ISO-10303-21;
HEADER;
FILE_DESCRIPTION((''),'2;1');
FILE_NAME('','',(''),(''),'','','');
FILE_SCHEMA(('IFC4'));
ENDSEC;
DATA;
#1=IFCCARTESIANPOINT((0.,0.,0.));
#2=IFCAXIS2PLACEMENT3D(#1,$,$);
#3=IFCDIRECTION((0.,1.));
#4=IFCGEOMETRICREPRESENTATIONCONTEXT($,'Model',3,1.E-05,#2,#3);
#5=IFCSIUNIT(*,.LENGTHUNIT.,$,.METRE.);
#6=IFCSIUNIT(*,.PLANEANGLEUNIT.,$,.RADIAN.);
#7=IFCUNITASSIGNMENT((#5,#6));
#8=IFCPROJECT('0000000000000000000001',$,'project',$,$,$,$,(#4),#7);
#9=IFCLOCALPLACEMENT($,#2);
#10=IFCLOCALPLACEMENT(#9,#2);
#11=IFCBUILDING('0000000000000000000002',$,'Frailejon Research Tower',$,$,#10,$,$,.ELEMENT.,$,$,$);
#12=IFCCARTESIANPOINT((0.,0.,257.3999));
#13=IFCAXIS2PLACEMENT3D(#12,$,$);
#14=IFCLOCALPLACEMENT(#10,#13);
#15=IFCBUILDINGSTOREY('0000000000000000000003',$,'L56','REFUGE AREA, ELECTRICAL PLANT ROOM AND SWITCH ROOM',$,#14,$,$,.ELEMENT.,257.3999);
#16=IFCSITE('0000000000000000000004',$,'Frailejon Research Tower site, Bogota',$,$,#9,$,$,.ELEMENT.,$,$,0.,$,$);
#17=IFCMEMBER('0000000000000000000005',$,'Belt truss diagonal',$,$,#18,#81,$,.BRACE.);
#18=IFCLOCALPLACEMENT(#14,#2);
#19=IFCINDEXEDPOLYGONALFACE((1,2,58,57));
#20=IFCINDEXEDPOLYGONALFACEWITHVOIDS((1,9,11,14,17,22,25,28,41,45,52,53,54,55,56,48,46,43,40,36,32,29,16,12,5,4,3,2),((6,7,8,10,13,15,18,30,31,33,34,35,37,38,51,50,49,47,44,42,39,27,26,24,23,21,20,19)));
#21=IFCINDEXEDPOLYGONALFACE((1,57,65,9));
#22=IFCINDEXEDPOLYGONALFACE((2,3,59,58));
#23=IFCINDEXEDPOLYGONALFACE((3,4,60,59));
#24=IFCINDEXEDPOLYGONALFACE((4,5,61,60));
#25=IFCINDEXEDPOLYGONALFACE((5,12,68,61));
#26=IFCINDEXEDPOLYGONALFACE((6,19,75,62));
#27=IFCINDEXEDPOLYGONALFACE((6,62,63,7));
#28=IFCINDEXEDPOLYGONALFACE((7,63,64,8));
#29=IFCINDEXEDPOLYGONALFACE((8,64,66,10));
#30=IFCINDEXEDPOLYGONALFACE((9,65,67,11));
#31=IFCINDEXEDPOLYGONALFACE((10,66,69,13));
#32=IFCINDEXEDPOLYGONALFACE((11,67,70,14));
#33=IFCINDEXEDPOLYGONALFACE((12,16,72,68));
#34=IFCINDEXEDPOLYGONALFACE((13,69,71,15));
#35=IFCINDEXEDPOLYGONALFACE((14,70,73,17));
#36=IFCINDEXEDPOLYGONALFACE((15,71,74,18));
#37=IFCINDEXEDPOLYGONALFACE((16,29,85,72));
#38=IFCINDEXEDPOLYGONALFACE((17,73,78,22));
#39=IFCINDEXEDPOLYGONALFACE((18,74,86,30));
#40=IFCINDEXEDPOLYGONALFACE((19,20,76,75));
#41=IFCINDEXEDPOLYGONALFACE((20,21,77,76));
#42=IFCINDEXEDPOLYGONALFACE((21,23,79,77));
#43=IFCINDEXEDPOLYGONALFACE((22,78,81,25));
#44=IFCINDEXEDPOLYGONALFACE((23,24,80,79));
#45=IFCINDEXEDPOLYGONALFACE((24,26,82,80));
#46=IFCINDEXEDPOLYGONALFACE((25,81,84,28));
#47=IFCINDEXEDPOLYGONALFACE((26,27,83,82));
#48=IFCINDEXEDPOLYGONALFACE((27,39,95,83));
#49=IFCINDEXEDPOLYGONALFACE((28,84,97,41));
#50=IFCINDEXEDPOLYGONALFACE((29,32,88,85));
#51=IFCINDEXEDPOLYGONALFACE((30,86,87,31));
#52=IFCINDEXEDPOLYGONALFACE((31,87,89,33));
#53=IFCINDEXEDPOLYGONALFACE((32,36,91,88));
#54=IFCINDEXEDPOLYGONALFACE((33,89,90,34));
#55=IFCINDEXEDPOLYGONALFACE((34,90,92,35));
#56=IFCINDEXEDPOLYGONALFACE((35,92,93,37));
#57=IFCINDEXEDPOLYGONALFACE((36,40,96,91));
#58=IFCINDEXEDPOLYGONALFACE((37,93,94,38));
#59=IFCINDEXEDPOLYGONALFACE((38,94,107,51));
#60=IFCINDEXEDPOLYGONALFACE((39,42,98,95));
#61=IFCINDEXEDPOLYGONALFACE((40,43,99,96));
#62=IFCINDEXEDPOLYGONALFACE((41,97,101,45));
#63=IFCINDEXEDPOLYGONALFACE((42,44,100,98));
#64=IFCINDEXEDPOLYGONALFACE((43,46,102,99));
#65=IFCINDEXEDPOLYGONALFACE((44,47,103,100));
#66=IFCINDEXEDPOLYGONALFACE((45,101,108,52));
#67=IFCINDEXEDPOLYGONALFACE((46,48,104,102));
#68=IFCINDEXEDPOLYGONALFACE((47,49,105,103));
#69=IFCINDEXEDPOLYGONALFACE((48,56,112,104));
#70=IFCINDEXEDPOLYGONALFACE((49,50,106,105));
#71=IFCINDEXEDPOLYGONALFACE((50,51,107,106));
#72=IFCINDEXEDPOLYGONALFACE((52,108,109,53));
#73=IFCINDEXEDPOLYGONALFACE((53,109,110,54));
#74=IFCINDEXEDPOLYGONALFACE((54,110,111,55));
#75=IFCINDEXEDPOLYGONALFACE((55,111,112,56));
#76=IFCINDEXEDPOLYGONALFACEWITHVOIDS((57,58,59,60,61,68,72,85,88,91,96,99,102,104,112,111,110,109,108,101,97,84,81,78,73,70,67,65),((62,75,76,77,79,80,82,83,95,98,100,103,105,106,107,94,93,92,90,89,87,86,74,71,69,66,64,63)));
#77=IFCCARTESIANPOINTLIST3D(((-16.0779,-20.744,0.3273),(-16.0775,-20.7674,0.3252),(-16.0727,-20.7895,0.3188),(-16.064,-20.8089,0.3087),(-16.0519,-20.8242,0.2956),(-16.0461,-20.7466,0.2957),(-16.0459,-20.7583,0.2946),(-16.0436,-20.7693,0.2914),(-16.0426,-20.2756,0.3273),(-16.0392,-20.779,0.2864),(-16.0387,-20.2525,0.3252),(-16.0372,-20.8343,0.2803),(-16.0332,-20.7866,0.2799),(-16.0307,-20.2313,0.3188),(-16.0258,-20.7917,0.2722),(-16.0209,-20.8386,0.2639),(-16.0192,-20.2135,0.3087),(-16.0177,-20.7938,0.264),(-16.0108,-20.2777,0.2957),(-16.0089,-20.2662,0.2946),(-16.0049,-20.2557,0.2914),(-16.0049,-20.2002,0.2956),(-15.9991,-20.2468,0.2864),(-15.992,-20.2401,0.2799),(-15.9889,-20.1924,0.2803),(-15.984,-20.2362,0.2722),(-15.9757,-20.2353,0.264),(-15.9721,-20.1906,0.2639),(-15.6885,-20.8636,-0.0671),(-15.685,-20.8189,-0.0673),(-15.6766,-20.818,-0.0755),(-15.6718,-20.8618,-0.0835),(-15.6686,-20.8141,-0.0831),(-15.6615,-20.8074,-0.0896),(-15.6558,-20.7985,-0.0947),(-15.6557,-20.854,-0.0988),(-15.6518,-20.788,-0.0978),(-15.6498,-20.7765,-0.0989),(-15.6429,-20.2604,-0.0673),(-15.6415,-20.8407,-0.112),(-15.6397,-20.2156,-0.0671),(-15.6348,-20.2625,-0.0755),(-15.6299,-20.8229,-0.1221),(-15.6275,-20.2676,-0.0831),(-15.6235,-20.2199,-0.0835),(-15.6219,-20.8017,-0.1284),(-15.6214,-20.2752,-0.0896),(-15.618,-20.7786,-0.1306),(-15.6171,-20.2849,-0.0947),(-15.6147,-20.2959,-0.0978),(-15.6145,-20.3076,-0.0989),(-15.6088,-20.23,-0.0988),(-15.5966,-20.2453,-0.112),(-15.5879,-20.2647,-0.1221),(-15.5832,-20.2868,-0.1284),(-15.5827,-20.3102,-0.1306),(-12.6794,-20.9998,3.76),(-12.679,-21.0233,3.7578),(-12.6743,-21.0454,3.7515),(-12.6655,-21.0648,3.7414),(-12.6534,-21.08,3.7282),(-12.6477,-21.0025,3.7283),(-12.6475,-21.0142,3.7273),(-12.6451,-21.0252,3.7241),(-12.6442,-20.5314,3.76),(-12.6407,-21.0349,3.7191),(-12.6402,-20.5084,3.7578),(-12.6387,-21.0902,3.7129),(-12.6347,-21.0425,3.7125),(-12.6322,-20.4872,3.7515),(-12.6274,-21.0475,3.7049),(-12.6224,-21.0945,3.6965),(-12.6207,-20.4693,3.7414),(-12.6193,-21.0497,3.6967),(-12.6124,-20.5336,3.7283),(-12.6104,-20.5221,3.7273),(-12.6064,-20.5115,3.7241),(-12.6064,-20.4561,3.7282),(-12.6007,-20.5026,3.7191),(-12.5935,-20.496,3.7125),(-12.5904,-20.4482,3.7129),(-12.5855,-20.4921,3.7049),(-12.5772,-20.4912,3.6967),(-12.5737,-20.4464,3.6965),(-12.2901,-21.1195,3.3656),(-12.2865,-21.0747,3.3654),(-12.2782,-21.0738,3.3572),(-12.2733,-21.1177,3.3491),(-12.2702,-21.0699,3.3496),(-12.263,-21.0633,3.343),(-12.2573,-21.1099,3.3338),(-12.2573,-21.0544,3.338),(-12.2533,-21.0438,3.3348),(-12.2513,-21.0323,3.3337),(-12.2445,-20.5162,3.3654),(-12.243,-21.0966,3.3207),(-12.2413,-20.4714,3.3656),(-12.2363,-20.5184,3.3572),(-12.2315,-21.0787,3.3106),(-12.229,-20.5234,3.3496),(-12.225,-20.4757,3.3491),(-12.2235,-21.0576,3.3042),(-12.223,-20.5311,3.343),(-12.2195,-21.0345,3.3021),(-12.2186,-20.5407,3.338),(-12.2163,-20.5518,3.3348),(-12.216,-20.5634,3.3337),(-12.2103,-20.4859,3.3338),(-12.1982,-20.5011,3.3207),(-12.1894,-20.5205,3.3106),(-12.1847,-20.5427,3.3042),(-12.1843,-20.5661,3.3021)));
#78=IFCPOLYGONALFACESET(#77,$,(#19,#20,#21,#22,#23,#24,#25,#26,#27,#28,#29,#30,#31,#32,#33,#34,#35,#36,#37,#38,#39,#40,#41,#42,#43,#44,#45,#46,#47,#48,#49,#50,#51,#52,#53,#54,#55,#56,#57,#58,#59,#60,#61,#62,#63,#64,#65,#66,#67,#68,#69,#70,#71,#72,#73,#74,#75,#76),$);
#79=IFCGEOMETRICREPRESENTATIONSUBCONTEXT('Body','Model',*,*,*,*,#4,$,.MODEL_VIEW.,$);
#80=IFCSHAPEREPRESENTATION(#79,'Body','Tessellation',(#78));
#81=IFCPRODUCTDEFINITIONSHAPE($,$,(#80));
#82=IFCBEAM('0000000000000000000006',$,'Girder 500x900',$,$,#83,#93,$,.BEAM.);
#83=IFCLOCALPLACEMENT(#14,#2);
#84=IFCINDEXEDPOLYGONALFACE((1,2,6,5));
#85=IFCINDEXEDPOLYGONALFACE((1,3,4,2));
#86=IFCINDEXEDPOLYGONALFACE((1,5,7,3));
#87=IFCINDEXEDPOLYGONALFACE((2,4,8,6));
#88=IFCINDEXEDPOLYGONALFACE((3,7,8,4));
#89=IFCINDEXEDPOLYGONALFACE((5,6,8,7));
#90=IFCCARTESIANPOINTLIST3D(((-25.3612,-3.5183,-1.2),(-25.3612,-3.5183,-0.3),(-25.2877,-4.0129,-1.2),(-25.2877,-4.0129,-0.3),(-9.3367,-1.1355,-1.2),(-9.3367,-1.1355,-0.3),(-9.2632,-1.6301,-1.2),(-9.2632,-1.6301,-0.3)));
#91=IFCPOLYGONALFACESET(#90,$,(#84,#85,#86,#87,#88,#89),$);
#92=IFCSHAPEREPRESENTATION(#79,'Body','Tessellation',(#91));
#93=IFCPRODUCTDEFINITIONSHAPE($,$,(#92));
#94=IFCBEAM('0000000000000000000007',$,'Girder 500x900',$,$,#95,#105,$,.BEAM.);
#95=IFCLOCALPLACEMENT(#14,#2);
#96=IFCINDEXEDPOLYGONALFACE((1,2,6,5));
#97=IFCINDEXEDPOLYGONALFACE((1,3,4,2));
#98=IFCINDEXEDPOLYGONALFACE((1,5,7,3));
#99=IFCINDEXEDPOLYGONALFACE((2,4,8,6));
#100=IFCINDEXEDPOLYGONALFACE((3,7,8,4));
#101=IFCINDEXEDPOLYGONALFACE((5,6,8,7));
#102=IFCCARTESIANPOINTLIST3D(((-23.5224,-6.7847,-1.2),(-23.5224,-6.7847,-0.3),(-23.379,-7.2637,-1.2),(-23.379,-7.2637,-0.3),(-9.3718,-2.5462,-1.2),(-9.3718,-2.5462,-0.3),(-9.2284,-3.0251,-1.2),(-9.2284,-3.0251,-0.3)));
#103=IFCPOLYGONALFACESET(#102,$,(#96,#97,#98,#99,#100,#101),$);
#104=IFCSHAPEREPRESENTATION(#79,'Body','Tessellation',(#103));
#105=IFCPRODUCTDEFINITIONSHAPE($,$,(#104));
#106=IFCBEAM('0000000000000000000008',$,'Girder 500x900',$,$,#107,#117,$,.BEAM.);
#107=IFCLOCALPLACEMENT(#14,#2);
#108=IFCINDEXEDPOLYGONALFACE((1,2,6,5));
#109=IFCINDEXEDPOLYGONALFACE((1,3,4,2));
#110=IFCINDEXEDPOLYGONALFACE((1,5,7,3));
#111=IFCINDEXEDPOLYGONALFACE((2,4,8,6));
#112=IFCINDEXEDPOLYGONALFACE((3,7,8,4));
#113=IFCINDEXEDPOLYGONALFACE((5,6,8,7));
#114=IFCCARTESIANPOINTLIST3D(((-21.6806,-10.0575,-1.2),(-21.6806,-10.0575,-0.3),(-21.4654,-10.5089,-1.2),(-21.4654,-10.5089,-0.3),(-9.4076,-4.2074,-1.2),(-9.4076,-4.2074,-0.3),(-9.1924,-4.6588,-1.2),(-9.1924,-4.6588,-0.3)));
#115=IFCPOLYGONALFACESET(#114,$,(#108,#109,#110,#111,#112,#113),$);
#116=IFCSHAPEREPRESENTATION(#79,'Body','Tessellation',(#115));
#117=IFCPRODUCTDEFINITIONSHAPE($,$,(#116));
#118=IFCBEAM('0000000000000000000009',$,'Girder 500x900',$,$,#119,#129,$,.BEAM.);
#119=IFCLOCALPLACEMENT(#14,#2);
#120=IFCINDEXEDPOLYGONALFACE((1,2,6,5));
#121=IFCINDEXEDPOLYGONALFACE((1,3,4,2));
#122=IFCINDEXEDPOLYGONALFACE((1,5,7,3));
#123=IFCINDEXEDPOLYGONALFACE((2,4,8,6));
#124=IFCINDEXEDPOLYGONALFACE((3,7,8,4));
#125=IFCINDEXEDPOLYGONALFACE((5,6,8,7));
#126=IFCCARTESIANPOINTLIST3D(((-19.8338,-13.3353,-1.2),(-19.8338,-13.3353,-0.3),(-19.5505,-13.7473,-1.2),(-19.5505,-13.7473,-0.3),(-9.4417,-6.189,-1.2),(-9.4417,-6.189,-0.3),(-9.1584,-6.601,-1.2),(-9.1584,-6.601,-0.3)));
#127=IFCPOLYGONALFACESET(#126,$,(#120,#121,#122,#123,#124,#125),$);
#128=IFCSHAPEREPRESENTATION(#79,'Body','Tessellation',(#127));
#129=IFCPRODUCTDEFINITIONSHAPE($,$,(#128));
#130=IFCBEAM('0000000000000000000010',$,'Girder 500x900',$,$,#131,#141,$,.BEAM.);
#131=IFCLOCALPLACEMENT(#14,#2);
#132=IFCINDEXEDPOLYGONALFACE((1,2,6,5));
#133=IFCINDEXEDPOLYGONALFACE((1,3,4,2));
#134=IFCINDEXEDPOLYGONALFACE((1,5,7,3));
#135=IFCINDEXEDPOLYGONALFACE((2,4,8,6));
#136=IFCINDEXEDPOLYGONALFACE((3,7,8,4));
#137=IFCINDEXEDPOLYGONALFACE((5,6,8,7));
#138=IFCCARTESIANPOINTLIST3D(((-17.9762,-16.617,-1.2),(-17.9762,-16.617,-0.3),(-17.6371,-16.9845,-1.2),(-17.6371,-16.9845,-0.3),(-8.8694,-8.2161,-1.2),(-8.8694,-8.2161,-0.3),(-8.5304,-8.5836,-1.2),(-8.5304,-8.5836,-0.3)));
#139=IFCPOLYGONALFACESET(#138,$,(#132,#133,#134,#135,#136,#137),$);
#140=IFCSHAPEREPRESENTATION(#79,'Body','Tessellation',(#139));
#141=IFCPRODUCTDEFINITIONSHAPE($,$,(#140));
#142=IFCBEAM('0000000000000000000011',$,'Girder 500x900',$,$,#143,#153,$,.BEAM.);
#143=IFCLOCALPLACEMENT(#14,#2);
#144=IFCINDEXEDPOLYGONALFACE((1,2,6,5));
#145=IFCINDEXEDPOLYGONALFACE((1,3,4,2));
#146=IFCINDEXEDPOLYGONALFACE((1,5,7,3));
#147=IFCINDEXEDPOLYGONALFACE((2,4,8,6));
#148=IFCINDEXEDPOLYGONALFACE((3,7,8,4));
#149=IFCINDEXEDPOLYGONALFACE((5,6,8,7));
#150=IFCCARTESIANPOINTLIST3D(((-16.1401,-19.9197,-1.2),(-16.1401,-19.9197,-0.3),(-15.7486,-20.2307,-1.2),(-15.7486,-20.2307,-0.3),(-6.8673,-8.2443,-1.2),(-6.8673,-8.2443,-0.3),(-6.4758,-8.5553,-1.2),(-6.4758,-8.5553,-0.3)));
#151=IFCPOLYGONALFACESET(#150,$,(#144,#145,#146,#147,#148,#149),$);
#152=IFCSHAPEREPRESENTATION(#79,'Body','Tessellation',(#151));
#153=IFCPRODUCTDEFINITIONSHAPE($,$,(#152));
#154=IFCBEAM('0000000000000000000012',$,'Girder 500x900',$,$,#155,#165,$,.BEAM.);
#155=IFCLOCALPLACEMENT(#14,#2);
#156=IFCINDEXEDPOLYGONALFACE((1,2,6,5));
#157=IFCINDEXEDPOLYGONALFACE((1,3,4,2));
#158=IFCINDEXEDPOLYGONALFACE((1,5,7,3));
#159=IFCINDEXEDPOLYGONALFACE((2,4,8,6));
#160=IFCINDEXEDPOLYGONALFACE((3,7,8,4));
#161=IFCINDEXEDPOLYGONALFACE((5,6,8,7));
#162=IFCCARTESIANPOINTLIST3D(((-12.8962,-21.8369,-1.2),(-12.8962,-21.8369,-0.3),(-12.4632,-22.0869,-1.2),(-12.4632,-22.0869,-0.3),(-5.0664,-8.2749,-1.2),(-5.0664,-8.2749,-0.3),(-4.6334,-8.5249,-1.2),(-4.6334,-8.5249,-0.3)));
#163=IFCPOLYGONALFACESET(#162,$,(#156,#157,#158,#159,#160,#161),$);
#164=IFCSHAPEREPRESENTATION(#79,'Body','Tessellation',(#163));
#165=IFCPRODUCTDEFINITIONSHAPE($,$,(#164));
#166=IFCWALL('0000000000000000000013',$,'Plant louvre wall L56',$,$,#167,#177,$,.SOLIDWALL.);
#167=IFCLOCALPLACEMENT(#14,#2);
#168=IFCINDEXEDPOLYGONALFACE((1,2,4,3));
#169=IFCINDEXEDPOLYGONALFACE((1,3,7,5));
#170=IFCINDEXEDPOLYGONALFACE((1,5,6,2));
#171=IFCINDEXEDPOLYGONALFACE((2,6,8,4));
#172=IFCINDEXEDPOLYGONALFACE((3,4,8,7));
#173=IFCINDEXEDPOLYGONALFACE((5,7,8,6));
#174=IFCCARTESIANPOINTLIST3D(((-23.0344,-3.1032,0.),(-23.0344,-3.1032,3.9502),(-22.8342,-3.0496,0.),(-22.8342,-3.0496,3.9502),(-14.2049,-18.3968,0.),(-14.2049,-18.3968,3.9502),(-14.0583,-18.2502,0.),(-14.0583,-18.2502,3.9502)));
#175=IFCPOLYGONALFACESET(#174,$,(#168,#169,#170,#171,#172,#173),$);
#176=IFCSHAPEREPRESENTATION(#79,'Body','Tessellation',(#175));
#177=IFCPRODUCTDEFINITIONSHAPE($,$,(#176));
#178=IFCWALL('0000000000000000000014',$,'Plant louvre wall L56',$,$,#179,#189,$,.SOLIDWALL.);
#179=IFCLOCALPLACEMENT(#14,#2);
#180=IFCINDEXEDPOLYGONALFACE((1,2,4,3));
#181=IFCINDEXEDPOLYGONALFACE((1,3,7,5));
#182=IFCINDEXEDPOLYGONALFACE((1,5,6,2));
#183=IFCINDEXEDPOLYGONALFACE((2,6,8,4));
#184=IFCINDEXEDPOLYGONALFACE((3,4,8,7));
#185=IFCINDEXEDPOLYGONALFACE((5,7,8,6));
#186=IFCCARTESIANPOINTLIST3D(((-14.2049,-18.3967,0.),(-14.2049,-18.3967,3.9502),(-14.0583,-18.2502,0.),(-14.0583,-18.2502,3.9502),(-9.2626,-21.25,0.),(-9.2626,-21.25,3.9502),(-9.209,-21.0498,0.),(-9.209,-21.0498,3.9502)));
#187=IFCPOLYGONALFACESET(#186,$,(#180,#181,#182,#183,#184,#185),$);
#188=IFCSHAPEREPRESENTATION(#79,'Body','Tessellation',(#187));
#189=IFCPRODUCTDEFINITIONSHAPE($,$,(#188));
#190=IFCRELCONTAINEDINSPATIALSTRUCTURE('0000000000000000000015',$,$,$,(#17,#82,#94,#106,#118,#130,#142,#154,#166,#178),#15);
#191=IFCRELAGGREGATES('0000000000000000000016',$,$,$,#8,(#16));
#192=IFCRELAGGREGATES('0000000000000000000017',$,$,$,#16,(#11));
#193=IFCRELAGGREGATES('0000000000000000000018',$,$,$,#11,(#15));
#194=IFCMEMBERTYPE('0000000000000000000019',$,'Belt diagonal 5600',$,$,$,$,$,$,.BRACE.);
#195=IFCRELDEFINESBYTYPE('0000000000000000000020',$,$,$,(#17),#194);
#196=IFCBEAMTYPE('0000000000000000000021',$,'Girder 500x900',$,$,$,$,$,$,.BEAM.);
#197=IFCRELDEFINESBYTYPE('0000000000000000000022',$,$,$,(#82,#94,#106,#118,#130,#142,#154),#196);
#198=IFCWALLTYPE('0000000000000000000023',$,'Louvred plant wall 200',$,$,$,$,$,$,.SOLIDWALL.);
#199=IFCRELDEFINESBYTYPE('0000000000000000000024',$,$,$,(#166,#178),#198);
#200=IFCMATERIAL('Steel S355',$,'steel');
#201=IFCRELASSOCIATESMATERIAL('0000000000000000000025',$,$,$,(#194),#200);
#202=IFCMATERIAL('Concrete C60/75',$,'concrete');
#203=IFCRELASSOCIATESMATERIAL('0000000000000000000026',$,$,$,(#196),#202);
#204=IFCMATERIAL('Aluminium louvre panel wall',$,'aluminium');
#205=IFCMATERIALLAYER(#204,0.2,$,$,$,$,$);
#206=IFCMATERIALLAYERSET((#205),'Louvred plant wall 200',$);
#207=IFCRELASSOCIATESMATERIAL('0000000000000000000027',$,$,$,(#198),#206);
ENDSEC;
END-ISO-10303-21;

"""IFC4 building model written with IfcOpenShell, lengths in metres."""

from ifc_helpers import new_model, si_unit, direction, frame, origin, origin_2d, place, context, subcontext, project, spatial, polyline, rectangle, hollow_rectangle, outline, extrude, material, layer, layer_set, material_profile, profile_set, type_object, element, save


model = new_model("IFC4")

# Units and contexts
model_context = context("Model", 3, precision=1e-05, world=origin(), true_north=direction((0.0, 1.0)))
body_context = subcontext(model_context, "Body", "Model", "MODEL_VIEW")
ifc_project = project(units=[si_unit("LENGTHUNIT", "METRE"), si_unit("PLANEANGLEUNIT", "RADIAN")], contexts=[model_context])

# Site, building, storey
site_placement = place(None, origin())
site = spatial("IfcSite", under=ifc_project, at=site_placement, Name="Frailejon Research Tower site, Bogota", CompositionType="ELEMENT", RefElevation=0.0)
building_placement = place(site_placement, origin())
building = spatial("IfcBuilding", under=site, at=building_placement, Name="Frailejon Research Tower", CompositionType="ELEMENT")
storey_placement = place(building_placement, frame((0.0, 0.0, 257.3999)))
storey = spatial("IfcBuildingStorey", under=building, at=storey_placement, Name="L56", Description="REFUGE AREA, ELECTRICAL PLANT ROOM AND SWITCH ROOM", CompositionType="ELEMENT", Elevation=257.3999)

# Member
ifc_material_1 = material(Name="Steel S355", Category="steel")
ifc_material_profile_1 = material_profile(ifc_material_1, hollow_rectangle(XDim=0.6499, YDim=0.6499, WallThickness=0.0449, InnerFilletRadius=0.0449, OuterFilletRadius=0.0901, at=origin_2d()), Name="Belt diagonal 5600")
ifc_profile_set_1 = profile_set([ifc_material_profile_1], Name="Steel S355")
member_type = type_object("IfcMemberType", Name="Belt diagonal 5600", PredefinedType="BRACE", material=ifc_profile_set_1)
member_1_placement = place(storey_placement, frame((-15.8303, -20.5271, 0.0984), z_axis=(0.702575, -0.052895, 0.709641), x_axis=(0.075075, 0.997178, 0.0)))
element("IfcMember", 1, at=member_1_placement, inside=storey, type_object=member_type, Name="Belt truss diagonal", PredefinedType="BRACE", context=body_context, shape_type="SweptSolid", body=[
    extrude(hollow_rectangle(XDim=0.6499, YDim=0.6499, WallThickness=0.0449, InnerFilletRadius=0.0449, OuterFilletRadius=0.0901, at=origin_2d()), origin(), (0.0, 0.0, 1.0), 4.8372),
])

# Beams
ifc_material_2 = material(Name="Concrete C60/75", Category="concrete")
ifc_material_profile_2 = material_profile(ifc_material_2, rectangle(XDim=0.5, YDim=0.8999, at=origin_2d()), Name="Girder 500x900")
ifc_profile_set_2 = profile_set([ifc_material_profile_2], Name="Concrete C60/75")
beam_type_1 = type_object("IfcBeamType", Name="Girder 500x900", PredefinedType="BEAM", material=ifc_profile_set_2)
beam_1_placement = place(storey_placement, frame((-25.3245, -3.7656, -0.75), z_axis=(0.989124, 0.147082, 0.0), x_axis=(-0.147082, 0.989124, 0.0)))
element("IfcBeam", 2, at=beam_1_placement, inside=storey, type_object=beam_type_1, Name="Girder 500x900", PredefinedType="BEAM", context=body_context, shape_type="SweptSolid", body=[
    extrude(rectangle(XDim=0.5, YDim=0.8999, at=origin_2d()), origin(), (0.0, 0.0, 1.0), 16.2007),
])
beam_2_placement = place(storey_placement, frame((-23.4507, -7.0242, -0.75), z_axis=(0.95795, 0.286934, 0.0), x_axis=(-0.286934, 0.95795, 0.0)))
element("IfcBeam", 3, at=beam_2_placement, inside=storey, type_object=beam_type_1, Name="Girder 500x900", PredefinedType="BEAM", context=body_context, shape_type="SweptSolid", body=[
    extrude(rectangle(XDim=0.5, YDim=0.8999, at=origin_2d()), origin(), (0.0, 0.0, 1.0), 14.7717),
])
beam_3_placement = place(storey_placement, frame((-21.573, -10.2832, -0.75), z_axis=(0.902694, 0.430283, 0.0), x_axis=(-0.430283, 0.902694, 0.0)))
element("IfcBeam", 4, at=beam_3_placement, inside=storey, type_object=beam_type_1, Name="Girder 500x900", PredefinedType="BEAM", context=body_context, shape_type="SweptSolid", body=[
    extrude(rectangle(XDim=0.5, YDim=0.8999, at=origin_2d()), origin(), (0.0, 0.0, 1.0), 13.5959),
])
beam_4_placement = place(storey_placement, frame((-19.6921, -13.5413, -0.75), z_axis=(0.82398, 0.566619, 0.0), x_axis=(-0.566619, 0.82398, 0.0)))
element("IfcBeam", 5, at=beam_4_placement, inside=storey, type_object=beam_type_1, Name="Girder 500x900", PredefinedType="BEAM", context=body_context, shape_type="SweptSolid", body=[
    extrude(rectangle(XDim=0.5, YDim=0.8999, at=origin_2d()), origin(), (0.0, 0.0, 1.0), 12.6121),
])
beam_5_placement = place(storey_placement, frame((-17.8066, -16.8008, -0.75), z_axis=(0.735016, 0.678049, 0.0), x_axis=(-0.678049, 0.735016, 0.0)))
element("IfcBeam", 6, at=beam_5_placement, inside=storey, type_object=beam_type_1, Name="Girder 500x900", PredefinedType="BEAM", context=body_context, shape_type="SweptSolid", body=[
    extrude(rectangle(XDim=0.5, YDim=0.8999, at=origin_2d()), origin(), (0.0, 0.0, 1.0), 12.3899),
])
beam_6_placement = place(storey_placement, frame((-15.9443, -20.0752, -0.75), z_axis=(0.621929, 0.783073, 0.0), x_axis=(-0.783073, 0.621929, 0.0)))
element("IfcBeam", 7, at=beam_6_placement, inside=storey, type_object=beam_type_1, Name="Girder 500x900", PredefinedType="BEAM", context=body_context, shape_type="SweptSolid", body=[
    extrude(rectangle(XDim=0.5, YDim=0.8999, at=origin_2d()), origin(), (0.0, 0.0, 1.0), 14.9097),
])
beam_7_placement = place(storey_placement, frame((-12.6797, -21.9619, -0.75), z_axis=(0.499991, 0.866031, 0.0), x_axis=(-0.866031, 0.499991, 0.0)))
element("IfcBeam", 8, at=beam_7_placement, inside=storey, type_object=beam_type_1, Name="Girder 500x900", PredefinedType="BEAM", context=body_context, shape_type="SweptSolid", body=[
    extrude(rectangle(XDim=0.5, YDim=0.8999, at=origin_2d()), origin(), (0.0, 0.0, 1.0), 15.6599),
])

# Walls
ifc_material_3 = material(Name="Aluminium louvre panel wall", Category="aluminium")
ifc_layer_1 = layer(ifc_material_3, 0.2)
ifc_layer_set_1 = layer_set([ifc_layer_1], Name="Louvred plant wall 200")
wall_type_1 = type_object("IfcWallType", Name="Louvred plant wall 200", PredefinedType="SOLIDWALL", material=ifc_layer_set_1)
wall_1_placement = place(storey_placement, frame((-22.9343, -3.0764, 0.0), z_axis=(0.0, 0.0, 1.0), x_axis=(0.499993, -0.866029, 0.0)))
element("IfcWall", 9, at=wall_1_placement, inside=storey, type_object=wall_type_1, Name="Plant louvre wall L56", PredefinedType="SOLIDWALL", context=body_context, shape_type="SweptSolid", body=[
    extrude(outline(polyline([(-0.0269, -0.1001), (17.6326, -0.1001), (17.5789, 0.1001), (0.0269, 0.1001), (-0.0269, -0.1001)])), origin(), (0.0, 0.0, 1.0), 3.9502),
])
wall_2_placement = place(storey_placement, frame((-14.1316, -18.3235, 0.0), z_axis=(0.0, 0.0, 1.0), x_axis=(0.866037, -0.49998, 0.0)))
element("IfcWall", 10, at=wall_2_placement, inside=storey, type_object=wall_type_1, Name="Plant louvre wall L56", PredefinedType="SOLIDWALL", context=body_context, shape_type="SweptSolid", body=[
    extrude(outline(polyline([(-0.0269, -0.1001), (5.6799, -0.1001), (5.6262, 0.1001), (0.0269, 0.1001), (-0.0269, -0.1001)])), origin(), (0.0, 0.0, 1.0), 3.9502),
])

save(model, "model.ifc")
